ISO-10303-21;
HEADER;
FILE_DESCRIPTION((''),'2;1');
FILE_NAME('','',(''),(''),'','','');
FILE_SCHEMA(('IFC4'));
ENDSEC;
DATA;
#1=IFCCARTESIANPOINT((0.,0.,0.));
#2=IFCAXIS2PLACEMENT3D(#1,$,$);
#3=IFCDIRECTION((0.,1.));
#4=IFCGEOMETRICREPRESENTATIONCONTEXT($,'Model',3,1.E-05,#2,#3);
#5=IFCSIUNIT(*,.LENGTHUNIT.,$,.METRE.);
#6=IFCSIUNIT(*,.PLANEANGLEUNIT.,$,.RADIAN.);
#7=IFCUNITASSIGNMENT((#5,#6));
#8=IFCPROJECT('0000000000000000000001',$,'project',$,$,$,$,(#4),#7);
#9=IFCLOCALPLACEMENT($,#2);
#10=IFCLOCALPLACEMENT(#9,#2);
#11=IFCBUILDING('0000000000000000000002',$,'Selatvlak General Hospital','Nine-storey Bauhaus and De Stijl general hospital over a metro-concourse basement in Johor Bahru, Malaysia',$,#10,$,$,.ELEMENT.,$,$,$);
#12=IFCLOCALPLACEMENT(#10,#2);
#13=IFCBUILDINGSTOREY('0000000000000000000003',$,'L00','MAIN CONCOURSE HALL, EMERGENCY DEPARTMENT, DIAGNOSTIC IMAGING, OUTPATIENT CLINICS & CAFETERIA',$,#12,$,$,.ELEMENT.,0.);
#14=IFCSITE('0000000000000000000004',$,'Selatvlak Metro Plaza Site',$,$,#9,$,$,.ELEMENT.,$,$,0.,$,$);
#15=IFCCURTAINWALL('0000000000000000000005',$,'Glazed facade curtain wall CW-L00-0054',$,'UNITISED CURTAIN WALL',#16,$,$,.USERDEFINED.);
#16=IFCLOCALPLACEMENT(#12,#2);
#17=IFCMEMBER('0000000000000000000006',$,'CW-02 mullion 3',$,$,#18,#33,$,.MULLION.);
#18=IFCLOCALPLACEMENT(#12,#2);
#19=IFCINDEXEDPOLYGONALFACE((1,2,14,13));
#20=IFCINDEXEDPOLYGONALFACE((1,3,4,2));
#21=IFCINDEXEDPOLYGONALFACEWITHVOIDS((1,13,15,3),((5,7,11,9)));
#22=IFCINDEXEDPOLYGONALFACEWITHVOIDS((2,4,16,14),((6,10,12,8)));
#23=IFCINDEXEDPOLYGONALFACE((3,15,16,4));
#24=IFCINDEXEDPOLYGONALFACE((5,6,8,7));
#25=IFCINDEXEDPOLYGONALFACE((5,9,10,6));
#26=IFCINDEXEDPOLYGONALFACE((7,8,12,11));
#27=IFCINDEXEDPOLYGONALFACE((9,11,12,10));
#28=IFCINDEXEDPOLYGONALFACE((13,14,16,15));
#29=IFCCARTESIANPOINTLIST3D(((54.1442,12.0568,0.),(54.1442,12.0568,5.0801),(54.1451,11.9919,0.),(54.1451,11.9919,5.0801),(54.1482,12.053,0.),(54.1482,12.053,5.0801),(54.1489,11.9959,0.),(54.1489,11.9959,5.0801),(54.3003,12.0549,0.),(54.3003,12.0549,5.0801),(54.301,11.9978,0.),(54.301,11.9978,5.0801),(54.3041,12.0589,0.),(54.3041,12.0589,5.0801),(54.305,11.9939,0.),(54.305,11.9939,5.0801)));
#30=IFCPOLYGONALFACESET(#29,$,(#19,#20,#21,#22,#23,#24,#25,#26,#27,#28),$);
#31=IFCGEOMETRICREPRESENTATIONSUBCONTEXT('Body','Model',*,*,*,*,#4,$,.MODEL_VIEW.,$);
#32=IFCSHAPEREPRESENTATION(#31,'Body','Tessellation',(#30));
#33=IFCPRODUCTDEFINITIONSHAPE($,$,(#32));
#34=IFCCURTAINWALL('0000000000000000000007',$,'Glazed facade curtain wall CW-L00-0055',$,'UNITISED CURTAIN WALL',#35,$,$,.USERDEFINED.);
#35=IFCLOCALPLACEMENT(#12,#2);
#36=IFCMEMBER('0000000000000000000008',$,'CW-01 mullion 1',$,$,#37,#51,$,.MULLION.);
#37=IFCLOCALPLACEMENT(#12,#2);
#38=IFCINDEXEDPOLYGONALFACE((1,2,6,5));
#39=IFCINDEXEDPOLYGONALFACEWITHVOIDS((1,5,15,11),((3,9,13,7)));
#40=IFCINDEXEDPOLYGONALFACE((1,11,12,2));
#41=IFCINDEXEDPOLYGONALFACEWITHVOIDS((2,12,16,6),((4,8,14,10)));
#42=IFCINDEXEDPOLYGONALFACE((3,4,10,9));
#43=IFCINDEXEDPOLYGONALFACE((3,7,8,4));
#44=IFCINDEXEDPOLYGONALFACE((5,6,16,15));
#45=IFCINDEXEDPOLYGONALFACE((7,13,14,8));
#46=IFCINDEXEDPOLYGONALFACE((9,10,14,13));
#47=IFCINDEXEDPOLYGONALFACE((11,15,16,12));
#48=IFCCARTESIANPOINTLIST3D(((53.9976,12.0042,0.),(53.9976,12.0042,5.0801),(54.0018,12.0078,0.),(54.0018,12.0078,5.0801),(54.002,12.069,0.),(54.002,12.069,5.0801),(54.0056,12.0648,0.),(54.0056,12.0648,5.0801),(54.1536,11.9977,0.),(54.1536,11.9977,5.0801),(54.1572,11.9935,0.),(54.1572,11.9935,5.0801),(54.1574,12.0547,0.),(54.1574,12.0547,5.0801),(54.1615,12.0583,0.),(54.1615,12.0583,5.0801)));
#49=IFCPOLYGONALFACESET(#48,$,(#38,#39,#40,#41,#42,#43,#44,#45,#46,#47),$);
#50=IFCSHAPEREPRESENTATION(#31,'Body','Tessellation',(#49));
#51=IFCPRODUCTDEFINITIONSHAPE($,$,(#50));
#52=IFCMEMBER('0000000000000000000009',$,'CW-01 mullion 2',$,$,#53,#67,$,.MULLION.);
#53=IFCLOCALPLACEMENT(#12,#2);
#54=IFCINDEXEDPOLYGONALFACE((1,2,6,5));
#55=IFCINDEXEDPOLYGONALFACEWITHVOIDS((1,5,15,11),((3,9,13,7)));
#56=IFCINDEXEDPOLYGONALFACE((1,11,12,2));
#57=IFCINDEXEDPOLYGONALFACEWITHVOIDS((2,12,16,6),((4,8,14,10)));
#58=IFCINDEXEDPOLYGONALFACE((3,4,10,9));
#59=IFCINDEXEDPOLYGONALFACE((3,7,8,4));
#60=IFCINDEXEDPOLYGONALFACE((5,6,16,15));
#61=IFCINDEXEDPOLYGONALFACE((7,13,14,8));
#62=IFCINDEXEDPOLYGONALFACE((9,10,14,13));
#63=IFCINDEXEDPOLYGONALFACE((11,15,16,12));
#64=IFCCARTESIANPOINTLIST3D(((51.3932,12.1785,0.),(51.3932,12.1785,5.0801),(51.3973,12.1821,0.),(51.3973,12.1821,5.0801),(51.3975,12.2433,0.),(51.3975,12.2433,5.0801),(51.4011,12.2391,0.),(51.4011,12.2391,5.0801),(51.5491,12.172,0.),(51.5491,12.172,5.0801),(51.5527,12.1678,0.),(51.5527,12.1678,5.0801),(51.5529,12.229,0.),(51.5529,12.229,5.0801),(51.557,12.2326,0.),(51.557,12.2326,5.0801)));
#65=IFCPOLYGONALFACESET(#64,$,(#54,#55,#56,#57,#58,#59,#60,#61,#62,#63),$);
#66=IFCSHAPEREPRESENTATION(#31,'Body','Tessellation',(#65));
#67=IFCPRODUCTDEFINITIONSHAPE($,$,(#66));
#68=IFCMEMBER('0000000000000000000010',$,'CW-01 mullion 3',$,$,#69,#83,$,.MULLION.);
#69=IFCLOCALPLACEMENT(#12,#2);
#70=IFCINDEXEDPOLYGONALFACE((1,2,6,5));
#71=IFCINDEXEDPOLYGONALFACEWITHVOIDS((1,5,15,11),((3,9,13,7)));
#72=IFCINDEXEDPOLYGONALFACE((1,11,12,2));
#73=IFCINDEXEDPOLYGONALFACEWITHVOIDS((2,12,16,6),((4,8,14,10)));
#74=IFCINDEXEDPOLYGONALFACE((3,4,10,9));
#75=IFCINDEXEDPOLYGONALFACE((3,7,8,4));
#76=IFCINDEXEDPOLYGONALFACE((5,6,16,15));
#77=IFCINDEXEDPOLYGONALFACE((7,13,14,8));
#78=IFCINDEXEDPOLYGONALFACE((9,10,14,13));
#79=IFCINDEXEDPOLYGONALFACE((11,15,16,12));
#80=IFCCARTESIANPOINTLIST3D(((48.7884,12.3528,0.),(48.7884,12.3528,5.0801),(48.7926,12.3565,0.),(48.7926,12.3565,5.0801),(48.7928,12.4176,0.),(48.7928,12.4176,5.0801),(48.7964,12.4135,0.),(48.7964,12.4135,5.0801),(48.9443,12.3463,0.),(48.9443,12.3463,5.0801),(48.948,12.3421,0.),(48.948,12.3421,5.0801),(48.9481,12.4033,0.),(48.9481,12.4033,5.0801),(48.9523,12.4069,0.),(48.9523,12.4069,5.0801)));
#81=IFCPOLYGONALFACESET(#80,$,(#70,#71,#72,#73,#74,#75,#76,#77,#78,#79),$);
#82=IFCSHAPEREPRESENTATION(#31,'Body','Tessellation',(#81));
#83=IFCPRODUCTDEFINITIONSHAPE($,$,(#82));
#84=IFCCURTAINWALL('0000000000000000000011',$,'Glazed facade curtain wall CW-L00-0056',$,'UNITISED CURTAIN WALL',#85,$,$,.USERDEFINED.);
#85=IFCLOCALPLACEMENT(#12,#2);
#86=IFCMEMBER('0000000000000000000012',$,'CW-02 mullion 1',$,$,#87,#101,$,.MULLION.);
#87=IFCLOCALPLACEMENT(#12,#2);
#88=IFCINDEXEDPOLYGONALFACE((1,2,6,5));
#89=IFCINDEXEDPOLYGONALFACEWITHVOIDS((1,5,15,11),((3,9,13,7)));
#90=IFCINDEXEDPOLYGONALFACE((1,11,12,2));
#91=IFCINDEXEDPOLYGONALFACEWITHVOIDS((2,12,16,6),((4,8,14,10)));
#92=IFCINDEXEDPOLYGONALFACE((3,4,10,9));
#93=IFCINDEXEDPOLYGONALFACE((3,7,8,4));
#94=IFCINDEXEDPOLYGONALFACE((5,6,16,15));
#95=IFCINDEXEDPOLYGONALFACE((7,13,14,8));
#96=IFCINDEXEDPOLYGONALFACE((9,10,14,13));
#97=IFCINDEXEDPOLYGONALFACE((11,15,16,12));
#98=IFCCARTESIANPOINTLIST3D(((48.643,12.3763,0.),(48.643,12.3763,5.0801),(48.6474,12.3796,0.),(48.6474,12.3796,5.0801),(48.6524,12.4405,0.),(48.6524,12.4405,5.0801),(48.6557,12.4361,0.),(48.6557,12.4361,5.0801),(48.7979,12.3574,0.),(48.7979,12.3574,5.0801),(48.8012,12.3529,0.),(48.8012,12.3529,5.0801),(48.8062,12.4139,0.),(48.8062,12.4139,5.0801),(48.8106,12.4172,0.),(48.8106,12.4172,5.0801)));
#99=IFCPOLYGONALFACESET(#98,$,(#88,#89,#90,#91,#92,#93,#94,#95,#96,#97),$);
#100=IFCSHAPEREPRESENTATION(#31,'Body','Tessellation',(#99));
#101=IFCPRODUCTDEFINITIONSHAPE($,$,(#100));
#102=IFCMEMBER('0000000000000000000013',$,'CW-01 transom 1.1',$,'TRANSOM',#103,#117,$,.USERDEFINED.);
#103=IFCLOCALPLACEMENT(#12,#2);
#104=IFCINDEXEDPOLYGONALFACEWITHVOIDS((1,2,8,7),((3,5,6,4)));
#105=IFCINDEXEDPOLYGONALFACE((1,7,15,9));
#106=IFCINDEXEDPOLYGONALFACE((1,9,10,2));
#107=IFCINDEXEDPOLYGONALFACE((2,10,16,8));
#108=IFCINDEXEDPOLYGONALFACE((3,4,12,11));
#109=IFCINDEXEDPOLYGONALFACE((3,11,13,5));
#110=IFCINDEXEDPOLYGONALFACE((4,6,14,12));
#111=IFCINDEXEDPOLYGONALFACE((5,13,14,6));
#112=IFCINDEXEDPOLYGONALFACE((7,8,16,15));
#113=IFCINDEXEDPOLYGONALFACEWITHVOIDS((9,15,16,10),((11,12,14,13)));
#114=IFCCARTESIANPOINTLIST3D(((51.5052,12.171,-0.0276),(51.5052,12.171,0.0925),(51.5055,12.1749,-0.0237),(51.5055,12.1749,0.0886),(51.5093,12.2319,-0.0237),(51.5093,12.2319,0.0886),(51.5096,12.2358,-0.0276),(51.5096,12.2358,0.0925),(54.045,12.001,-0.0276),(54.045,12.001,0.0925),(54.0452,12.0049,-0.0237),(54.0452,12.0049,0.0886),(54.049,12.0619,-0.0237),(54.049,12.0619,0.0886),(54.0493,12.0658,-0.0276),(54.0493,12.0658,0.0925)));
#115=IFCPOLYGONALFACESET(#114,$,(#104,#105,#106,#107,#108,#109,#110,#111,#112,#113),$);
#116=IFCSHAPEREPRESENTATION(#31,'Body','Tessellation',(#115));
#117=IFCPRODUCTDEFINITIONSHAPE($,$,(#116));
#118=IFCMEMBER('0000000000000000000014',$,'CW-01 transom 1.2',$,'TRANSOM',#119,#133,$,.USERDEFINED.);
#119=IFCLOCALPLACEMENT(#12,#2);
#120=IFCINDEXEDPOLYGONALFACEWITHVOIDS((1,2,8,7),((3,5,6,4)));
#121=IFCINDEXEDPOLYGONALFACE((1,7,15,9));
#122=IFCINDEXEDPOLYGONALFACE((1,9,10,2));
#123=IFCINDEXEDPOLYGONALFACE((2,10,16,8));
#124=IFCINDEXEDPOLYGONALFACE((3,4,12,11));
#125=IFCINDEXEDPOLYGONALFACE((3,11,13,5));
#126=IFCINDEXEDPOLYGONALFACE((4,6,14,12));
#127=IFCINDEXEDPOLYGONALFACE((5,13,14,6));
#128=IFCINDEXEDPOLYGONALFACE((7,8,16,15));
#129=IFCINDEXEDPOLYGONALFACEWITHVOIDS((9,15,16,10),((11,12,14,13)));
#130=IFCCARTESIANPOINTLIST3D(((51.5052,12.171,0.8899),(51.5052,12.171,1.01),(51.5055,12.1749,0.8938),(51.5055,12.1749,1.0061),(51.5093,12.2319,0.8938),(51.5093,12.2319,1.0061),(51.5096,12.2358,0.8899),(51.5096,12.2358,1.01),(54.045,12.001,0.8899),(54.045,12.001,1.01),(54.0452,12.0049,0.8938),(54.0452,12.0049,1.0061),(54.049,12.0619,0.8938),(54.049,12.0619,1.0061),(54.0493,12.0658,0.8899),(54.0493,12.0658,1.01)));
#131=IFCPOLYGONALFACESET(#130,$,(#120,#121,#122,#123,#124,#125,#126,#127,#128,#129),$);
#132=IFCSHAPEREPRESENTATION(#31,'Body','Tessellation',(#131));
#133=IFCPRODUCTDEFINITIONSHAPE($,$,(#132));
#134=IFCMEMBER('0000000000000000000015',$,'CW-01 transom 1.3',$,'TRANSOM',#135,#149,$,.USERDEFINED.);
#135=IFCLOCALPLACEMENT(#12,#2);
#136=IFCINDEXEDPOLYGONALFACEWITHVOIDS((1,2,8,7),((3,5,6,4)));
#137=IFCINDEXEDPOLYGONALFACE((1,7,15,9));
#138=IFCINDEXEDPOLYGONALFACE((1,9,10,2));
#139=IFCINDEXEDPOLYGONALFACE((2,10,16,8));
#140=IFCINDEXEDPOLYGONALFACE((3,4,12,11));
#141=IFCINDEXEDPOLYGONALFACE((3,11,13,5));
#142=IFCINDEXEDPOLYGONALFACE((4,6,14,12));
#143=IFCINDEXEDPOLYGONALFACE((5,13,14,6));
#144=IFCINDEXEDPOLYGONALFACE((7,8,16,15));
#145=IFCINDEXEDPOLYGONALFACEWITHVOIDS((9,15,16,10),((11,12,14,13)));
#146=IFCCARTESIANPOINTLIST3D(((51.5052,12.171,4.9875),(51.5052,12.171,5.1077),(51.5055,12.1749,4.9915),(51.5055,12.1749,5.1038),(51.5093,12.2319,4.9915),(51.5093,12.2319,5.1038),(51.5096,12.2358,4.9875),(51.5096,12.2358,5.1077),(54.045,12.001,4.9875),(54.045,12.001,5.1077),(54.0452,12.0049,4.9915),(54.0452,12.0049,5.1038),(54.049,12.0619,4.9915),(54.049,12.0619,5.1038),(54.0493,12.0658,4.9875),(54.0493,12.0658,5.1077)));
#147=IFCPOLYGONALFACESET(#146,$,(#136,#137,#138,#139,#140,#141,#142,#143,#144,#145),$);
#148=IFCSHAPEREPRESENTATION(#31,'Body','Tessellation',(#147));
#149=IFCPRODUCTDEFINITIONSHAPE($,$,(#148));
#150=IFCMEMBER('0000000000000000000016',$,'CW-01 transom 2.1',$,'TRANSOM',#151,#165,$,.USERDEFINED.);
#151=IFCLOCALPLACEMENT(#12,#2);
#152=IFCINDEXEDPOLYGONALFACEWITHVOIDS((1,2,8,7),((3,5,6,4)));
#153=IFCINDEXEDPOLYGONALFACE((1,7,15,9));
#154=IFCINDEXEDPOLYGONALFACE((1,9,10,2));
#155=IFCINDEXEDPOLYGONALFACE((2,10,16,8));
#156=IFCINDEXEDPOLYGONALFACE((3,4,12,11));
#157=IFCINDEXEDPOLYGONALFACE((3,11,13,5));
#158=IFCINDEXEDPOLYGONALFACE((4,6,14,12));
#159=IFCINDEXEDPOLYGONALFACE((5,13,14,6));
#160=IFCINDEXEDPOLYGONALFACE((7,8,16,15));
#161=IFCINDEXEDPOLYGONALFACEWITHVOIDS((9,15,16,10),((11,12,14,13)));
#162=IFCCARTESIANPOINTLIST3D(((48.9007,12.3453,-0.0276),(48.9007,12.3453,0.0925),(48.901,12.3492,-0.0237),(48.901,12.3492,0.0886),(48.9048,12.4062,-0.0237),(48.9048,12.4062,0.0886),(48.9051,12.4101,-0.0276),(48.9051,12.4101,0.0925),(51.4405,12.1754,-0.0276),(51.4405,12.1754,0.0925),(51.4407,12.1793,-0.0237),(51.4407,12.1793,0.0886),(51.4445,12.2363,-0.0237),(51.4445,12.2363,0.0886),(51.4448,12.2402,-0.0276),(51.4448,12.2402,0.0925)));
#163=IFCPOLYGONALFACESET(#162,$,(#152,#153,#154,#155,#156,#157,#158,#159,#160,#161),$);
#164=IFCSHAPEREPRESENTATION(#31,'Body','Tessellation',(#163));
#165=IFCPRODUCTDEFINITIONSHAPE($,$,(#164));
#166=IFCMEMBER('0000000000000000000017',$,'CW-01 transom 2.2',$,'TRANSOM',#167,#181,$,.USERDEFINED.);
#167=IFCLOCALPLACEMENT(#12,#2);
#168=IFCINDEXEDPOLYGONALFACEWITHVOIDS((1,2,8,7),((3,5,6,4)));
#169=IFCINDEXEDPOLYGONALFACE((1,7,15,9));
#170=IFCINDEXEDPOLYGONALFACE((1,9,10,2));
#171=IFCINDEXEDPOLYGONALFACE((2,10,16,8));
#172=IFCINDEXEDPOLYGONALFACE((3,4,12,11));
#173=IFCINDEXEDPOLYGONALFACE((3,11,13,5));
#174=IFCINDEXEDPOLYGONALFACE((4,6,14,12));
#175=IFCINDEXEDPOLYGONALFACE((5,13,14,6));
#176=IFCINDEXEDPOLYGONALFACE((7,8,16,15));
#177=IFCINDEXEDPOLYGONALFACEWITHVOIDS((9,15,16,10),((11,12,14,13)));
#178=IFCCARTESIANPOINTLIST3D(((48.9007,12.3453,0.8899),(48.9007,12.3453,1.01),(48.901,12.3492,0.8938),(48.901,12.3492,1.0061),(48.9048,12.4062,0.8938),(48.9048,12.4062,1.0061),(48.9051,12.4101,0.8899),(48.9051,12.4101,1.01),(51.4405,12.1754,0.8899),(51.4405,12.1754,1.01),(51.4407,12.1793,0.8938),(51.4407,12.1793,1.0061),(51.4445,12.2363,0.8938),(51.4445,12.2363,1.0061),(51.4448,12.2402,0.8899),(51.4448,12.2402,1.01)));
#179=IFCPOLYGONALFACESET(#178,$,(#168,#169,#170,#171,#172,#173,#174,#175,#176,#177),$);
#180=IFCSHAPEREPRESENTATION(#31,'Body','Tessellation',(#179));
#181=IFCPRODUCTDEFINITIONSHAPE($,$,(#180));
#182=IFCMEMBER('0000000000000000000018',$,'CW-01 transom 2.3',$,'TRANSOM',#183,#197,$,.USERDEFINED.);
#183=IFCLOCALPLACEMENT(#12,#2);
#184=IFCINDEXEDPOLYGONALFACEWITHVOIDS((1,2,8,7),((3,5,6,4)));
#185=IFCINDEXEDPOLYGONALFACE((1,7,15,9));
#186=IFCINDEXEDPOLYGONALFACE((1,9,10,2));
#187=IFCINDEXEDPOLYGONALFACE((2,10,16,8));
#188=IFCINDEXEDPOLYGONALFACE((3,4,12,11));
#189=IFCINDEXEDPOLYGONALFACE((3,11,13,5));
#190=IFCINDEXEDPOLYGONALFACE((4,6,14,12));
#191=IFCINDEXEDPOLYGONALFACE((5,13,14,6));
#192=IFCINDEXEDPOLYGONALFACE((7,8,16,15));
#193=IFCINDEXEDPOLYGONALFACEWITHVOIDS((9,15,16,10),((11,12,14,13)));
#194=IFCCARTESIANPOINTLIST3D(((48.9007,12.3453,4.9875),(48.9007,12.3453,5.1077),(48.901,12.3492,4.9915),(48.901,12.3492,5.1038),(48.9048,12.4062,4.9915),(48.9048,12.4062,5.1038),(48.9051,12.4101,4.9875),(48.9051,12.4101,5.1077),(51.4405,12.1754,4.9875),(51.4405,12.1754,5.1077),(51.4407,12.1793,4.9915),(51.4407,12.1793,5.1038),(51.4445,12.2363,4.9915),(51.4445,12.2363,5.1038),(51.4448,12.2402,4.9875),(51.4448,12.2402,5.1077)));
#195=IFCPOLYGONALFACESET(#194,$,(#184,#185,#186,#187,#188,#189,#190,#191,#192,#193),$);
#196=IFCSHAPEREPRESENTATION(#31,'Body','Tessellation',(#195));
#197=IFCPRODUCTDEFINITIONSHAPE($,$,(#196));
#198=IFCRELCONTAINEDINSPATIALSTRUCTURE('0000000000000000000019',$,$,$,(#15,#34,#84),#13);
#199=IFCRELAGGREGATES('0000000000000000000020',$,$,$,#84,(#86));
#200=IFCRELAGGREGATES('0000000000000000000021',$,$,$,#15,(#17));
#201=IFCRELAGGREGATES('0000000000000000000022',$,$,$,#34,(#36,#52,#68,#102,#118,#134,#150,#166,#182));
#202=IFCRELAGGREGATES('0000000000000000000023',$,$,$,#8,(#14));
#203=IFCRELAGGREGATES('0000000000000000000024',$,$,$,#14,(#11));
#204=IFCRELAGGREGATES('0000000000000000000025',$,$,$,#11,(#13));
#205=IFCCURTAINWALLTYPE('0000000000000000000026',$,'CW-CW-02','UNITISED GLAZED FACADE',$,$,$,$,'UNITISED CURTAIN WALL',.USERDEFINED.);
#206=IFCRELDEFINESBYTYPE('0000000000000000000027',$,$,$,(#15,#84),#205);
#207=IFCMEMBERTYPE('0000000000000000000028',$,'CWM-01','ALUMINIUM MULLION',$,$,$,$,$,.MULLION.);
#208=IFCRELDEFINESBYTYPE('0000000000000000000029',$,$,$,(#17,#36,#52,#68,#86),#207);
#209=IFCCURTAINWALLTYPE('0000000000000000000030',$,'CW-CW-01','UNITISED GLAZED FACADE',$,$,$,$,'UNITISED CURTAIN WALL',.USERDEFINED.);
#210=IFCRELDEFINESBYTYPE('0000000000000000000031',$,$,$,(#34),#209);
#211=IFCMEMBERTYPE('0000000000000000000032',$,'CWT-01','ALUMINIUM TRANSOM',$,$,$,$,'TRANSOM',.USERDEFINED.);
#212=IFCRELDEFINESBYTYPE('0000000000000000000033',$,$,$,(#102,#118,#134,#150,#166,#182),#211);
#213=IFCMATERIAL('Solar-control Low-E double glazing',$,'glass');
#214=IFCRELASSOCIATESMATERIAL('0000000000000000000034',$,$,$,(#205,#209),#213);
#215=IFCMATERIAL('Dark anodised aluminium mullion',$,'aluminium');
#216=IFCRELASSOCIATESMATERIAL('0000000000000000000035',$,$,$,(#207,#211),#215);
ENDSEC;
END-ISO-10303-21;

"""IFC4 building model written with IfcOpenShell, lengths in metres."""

from ifc_helpers import new_model, si_unit, direction, frame, origin, origin_2d, place, context, subcontext, project, spatial, hollow_rectangle, extrude, material, material_profile, profile_set, type_object, element, aggregate, save


model = new_model("IFC4")

# Units and contexts
model_context = context("Model", 3, precision=1e-05, world=origin(), true_north=direction((0.0, 1.0)))
body_context = subcontext(model_context, "Body", "Model", "MODEL_VIEW")
ifc_project = project(units=[si_unit("LENGTHUNIT", "METRE"), si_unit("PLANEANGLEUNIT", "RADIAN")], contexts=[model_context])

# Site, building, storey
site_placement = place(None, origin())
site = spatial("IfcSite", under=ifc_project, at=site_placement, Name="Selatvlak Metro Plaza Site", CompositionType="ELEMENT", RefElevation=0.0)
building_placement = place(site_placement, origin())
building = spatial("IfcBuilding", under=site, at=building_placement, Name="Selatvlak General Hospital", Description="Nine-storey Bauhaus and De Stijl general hospital over a metro-concourse basement in Johor Bahru, Malaysia", CompositionType="ELEMENT")
storey_placement = place(building_placement, origin())
storey = spatial("IfcBuildingStorey", under=building, at=storey_placement, Name="L00", Description="MAIN CONCOURSE HALL, EMERGENCY DEPARTMENT, DIAGNOSTIC IMAGING, OUTPATIENT CLINICS & CAFETERIA", CompositionType="ELEMENT", Elevation=0.0)

# Curtain wall, member
ifc_material_1 = material(Name="Solar-control Low-E double glazing", Category="glass")
curtain_wall_type_1 = type_object("IfcCurtainWallType", Name="CW-CW-02", Description="UNITISED GLAZED FACADE", ElementType="UNITISED CURTAIN WALL", PredefinedType="USERDEFINED", material=ifc_material_1)
curtain_wall_1_placement = place(storey_placement, origin())
curtain_wall_1 = element("IfcCurtainWall", 1, at=curtain_wall_1_placement, inside=storey, type_object=curtain_wall_type_1, Name="Glazed facade curtain wall CW-L00-0054", ObjectType="UNITISED CURTAIN WALL", PredefinedType="USERDEFINED")
ifc_material_2 = material(Name="Dark anodised aluminium mullion", Category="aluminium")
ifc_material_profile_1 = material_profile(ifc_material_2, hollow_rectangle(XDim=0.0649, YDim=0.1599, WallThickness=0.0039, at=origin_2d()), Name="AL-MUL 65x160x4")
ifc_profile_set_1 = profile_set([ifc_material_profile_1], Name="Dark anodised aluminium mullion")
member_type_1 = type_object("IfcMemberType", Name="CWM-01", Description="ALUMINIUM MULLION", PredefinedType="MULLION", material=ifc_profile_set_1)
member_1_placement = place(storey_placement, frame((54.2246, 12.0254, 0.0), z_axis=(0.0, 0.0, 1.0), x_axis=(0.012672, -0.99992, 0.0)))
member_1 = element("IfcMember", 2, at=member_1_placement, type_object=member_type_1, Name="CW-02 mullion 3", PredefinedType="MULLION", context=body_context, shape_type="SweptSolid", body=[
    extrude(hollow_rectangle(XDim=0.0649, YDim=0.1599, WallThickness=0.0039, at=origin_2d()), origin(), (0.0, 0.0, 1.0), 5.0801),
])

# Curtain wall, members
curtain_wall_type_2 = type_object("IfcCurtainWallType", Name="CW-CW-01", Description="UNITISED GLAZED FACADE", ElementType="UNITISED CURTAIN WALL", PredefinedType="USERDEFINED", material=ifc_material_1)
curtain_wall_2_placement = place(storey_placement, origin())
curtain_wall_2 = element("IfcCurtainWall", 3, at=curtain_wall_2_placement, inside=storey, type_object=curtain_wall_type_2, Name="Glazed facade curtain wall CW-L00-0055", ObjectType="UNITISED CURTAIN WALL", PredefinedType="USERDEFINED")
member_2_placement = place(storey_placement, frame((54.0796, 12.0312, 0.0), z_axis=(0.0, 0.0, 1.0), x_axis=(-0.066783, -0.997768, 0.0)))
member_2 = element("IfcMember", 4, at=member_2_placement, type_object=member_type_1, Name="CW-01 mullion 1", PredefinedType="MULLION", context=body_context, shape_type="SweptSolid", body=[
    extrude(hollow_rectangle(XDim=0.0649, YDim=0.1599, WallThickness=0.0039, at=origin_2d()), origin(), (0.0, 0.0, 1.0), 5.0801),
])
member_3_placement = place(storey_placement, frame((51.4751, 12.2056, 0.0), z_axis=(0.0, 0.0, 1.0), x_axis=(-0.066783, -0.997768, 0.0)))
member_3 = element("IfcMember", 5, at=member_3_placement, type_object=member_type_1, Name="CW-01 mullion 2", PredefinedType="MULLION", context=body_context, shape_type="SweptSolid", body=[
    extrude(hollow_rectangle(XDim=0.0649, YDim=0.1599, WallThickness=0.0039, at=origin_2d()), origin(), (0.0, 0.0, 1.0), 5.0801),
])
member_4_placement = place(storey_placement, frame((48.8704, 12.3799, 0.0), z_axis=(0.0, 0.0, 1.0), x_axis=(-0.066783, -0.997768, 0.0)))
member_4 = element("IfcMember", 6, at=member_4_placement, type_object=member_type_1, Name="CW-01 mullion 3", PredefinedType="MULLION", context=body_context, shape_type="SweptSolid", body=[
    extrude(hollow_rectangle(XDim=0.0649, YDim=0.1599, WallThickness=0.0039, at=origin_2d()), origin(), (0.0, 0.0, 1.0), 5.0801),
])

# Curtain wall, member
curtain_wall_3_placement = place(storey_placement, origin())
curtain_wall_3 = element("IfcCurtainWall", 7, at=curtain_wall_3_placement, inside=storey, type_object=curtain_wall_type_1, Name="Glazed facade curtain wall CW-L00-0056", ObjectType="UNITISED CURTAIN WALL", PredefinedType="USERDEFINED")
member_5_placement = place(storey_placement, frame((48.7268, 12.3967, 0.0), z_axis=(0.0, 0.0, 1.0), x_axis=(-0.145843, -0.989308, 0.0)))
member_5 = element("IfcMember", 8, at=member_5_placement, type_object=member_type_1, Name="CW-02 mullion 1", PredefinedType="MULLION", context=body_context, shape_type="SweptSolid", body=[
    extrude(hollow_rectangle(XDim=0.0649, YDim=0.1599, WallThickness=0.0039, at=origin_2d()), origin(), (0.0, 0.0, 1.0), 5.0801),
])
aggregate(curtain_wall_3, [member_5])

# Members
ifc_material_profile_2 = material_profile(ifc_material_2, hollow_rectangle(XDim=0.0649, YDim=0.1201, WallThickness=0.0039, at=origin_2d()), Name="AL-TRN 65x120x4")
ifc_profile_set_2 = profile_set([ifc_material_profile_2], Name="Dark anodised aluminium mullion")
member_type_2 = type_object("IfcMemberType", Name="CWT-01", Description="ALUMINIUM TRANSOM", ElementType="TRANSOM", PredefinedType="USERDEFINED", material=ifc_profile_set_2)
member_6_placement = place(storey_placement, frame((54.0471, 12.0334, 0.0325), z_axis=(-0.997769, 0.066755, 0.0), x_axis=(-0.066755, -0.997769, 0.0)))
member_6 = element("IfcMember", 9, at=member_6_placement, type_object=member_type_2, Name="CW-01 transom 1.1", ObjectType="TRANSOM", PredefinedType="USERDEFINED", context=body_context, shape_type="SweptSolid", body=[
    extrude(hollow_rectangle(XDim=0.0649, YDim=0.1201, WallThickness=0.0039, at=origin_2d()), origin(), (0.0, 0.0, 1.0), 2.5454),
])
member_7_placement = place(storey_placement, frame((54.0471, 12.0334, 0.95), z_axis=(-0.997769, 0.066755, 0.0), x_axis=(-0.066755, -0.997769, 0.0)))
member_7 = element("IfcMember", 10, at=member_7_placement, type_object=member_type_2, Name="CW-01 transom 1.2", ObjectType="TRANSOM", PredefinedType="USERDEFINED", context=body_context, shape_type="SweptSolid", body=[
    extrude(hollow_rectangle(XDim=0.0649, YDim=0.1201, WallThickness=0.0039, at=origin_2d()), origin(), (0.0, 0.0, 1.0), 2.5454),
])
member_8_placement = place(storey_placement, frame((54.0471, 12.0334, 5.0476), z_axis=(-0.997769, 0.066755, 0.0), x_axis=(-0.066755, -0.997769, 0.0)))
member_8 = element("IfcMember", 11, at=member_8_placement, type_object=member_type_2, Name="CW-01 transom 1.3", ObjectType="TRANSOM", PredefinedType="USERDEFINED", context=body_context, shape_type="SweptSolid", body=[
    extrude(hollow_rectangle(XDim=0.0649, YDim=0.1201, WallThickness=0.0039, at=origin_2d()), origin(), (0.0, 0.0, 1.0), 2.5454),
])
member_9_placement = place(storey_placement, frame((51.4426, 12.2078, 0.0325), z_axis=(-0.997769, 0.066755, 0.0), x_axis=(-0.066755, -0.997769, 0.0)))
member_9 = element("IfcMember", 12, at=member_9_placement, type_object=member_type_2, Name="CW-01 transom 2.1", ObjectType="TRANSOM", PredefinedType="USERDEFINED", context=body_context, shape_type="SweptSolid", body=[
    extrude(hollow_rectangle(XDim=0.0649, YDim=0.1201, WallThickness=0.0039, at=origin_2d()), origin(), (0.0, 0.0, 1.0), 2.5454),
])
member_10_placement = place(storey_placement, frame((51.4426, 12.2078, 0.95), z_axis=(-0.997769, 0.066755, 0.0), x_axis=(-0.066755, -0.997769, 0.0)))
member_10 = element("IfcMember", 13, at=member_10_placement, type_object=member_type_2, Name="CW-01 transom 2.2", ObjectType="TRANSOM", PredefinedType="USERDEFINED", context=body_context, shape_type="SweptSolid", body=[
    extrude(hollow_rectangle(XDim=0.0649, YDim=0.1201, WallThickness=0.0039, at=origin_2d()), origin(), (0.0, 0.0, 1.0), 2.5454),
])
member_11_placement = place(storey_placement, frame((51.4426, 12.2078, 5.0476), z_axis=(-0.997769, 0.066755, 0.0), x_axis=(-0.066755, -0.997769, 0.0)))
member_11 = element("IfcMember", 14, at=member_11_placement, type_object=member_type_2, Name="CW-01 transom 2.3", ObjectType="TRANSOM", PredefinedType="USERDEFINED", context=body_context, shape_type="SweptSolid", body=[
    extrude(hollow_rectangle(XDim=0.0649, YDim=0.1201, WallThickness=0.0039, at=origin_2d()), origin(), (0.0, 0.0, 1.0), 2.5454),
])

aggregate(curtain_wall_1, [member_1])
aggregate(curtain_wall_2, [member_2, member_3, member_4, member_6, member_7, member_8, member_9, member_10, member_11])

save(model, "model.ifc")
